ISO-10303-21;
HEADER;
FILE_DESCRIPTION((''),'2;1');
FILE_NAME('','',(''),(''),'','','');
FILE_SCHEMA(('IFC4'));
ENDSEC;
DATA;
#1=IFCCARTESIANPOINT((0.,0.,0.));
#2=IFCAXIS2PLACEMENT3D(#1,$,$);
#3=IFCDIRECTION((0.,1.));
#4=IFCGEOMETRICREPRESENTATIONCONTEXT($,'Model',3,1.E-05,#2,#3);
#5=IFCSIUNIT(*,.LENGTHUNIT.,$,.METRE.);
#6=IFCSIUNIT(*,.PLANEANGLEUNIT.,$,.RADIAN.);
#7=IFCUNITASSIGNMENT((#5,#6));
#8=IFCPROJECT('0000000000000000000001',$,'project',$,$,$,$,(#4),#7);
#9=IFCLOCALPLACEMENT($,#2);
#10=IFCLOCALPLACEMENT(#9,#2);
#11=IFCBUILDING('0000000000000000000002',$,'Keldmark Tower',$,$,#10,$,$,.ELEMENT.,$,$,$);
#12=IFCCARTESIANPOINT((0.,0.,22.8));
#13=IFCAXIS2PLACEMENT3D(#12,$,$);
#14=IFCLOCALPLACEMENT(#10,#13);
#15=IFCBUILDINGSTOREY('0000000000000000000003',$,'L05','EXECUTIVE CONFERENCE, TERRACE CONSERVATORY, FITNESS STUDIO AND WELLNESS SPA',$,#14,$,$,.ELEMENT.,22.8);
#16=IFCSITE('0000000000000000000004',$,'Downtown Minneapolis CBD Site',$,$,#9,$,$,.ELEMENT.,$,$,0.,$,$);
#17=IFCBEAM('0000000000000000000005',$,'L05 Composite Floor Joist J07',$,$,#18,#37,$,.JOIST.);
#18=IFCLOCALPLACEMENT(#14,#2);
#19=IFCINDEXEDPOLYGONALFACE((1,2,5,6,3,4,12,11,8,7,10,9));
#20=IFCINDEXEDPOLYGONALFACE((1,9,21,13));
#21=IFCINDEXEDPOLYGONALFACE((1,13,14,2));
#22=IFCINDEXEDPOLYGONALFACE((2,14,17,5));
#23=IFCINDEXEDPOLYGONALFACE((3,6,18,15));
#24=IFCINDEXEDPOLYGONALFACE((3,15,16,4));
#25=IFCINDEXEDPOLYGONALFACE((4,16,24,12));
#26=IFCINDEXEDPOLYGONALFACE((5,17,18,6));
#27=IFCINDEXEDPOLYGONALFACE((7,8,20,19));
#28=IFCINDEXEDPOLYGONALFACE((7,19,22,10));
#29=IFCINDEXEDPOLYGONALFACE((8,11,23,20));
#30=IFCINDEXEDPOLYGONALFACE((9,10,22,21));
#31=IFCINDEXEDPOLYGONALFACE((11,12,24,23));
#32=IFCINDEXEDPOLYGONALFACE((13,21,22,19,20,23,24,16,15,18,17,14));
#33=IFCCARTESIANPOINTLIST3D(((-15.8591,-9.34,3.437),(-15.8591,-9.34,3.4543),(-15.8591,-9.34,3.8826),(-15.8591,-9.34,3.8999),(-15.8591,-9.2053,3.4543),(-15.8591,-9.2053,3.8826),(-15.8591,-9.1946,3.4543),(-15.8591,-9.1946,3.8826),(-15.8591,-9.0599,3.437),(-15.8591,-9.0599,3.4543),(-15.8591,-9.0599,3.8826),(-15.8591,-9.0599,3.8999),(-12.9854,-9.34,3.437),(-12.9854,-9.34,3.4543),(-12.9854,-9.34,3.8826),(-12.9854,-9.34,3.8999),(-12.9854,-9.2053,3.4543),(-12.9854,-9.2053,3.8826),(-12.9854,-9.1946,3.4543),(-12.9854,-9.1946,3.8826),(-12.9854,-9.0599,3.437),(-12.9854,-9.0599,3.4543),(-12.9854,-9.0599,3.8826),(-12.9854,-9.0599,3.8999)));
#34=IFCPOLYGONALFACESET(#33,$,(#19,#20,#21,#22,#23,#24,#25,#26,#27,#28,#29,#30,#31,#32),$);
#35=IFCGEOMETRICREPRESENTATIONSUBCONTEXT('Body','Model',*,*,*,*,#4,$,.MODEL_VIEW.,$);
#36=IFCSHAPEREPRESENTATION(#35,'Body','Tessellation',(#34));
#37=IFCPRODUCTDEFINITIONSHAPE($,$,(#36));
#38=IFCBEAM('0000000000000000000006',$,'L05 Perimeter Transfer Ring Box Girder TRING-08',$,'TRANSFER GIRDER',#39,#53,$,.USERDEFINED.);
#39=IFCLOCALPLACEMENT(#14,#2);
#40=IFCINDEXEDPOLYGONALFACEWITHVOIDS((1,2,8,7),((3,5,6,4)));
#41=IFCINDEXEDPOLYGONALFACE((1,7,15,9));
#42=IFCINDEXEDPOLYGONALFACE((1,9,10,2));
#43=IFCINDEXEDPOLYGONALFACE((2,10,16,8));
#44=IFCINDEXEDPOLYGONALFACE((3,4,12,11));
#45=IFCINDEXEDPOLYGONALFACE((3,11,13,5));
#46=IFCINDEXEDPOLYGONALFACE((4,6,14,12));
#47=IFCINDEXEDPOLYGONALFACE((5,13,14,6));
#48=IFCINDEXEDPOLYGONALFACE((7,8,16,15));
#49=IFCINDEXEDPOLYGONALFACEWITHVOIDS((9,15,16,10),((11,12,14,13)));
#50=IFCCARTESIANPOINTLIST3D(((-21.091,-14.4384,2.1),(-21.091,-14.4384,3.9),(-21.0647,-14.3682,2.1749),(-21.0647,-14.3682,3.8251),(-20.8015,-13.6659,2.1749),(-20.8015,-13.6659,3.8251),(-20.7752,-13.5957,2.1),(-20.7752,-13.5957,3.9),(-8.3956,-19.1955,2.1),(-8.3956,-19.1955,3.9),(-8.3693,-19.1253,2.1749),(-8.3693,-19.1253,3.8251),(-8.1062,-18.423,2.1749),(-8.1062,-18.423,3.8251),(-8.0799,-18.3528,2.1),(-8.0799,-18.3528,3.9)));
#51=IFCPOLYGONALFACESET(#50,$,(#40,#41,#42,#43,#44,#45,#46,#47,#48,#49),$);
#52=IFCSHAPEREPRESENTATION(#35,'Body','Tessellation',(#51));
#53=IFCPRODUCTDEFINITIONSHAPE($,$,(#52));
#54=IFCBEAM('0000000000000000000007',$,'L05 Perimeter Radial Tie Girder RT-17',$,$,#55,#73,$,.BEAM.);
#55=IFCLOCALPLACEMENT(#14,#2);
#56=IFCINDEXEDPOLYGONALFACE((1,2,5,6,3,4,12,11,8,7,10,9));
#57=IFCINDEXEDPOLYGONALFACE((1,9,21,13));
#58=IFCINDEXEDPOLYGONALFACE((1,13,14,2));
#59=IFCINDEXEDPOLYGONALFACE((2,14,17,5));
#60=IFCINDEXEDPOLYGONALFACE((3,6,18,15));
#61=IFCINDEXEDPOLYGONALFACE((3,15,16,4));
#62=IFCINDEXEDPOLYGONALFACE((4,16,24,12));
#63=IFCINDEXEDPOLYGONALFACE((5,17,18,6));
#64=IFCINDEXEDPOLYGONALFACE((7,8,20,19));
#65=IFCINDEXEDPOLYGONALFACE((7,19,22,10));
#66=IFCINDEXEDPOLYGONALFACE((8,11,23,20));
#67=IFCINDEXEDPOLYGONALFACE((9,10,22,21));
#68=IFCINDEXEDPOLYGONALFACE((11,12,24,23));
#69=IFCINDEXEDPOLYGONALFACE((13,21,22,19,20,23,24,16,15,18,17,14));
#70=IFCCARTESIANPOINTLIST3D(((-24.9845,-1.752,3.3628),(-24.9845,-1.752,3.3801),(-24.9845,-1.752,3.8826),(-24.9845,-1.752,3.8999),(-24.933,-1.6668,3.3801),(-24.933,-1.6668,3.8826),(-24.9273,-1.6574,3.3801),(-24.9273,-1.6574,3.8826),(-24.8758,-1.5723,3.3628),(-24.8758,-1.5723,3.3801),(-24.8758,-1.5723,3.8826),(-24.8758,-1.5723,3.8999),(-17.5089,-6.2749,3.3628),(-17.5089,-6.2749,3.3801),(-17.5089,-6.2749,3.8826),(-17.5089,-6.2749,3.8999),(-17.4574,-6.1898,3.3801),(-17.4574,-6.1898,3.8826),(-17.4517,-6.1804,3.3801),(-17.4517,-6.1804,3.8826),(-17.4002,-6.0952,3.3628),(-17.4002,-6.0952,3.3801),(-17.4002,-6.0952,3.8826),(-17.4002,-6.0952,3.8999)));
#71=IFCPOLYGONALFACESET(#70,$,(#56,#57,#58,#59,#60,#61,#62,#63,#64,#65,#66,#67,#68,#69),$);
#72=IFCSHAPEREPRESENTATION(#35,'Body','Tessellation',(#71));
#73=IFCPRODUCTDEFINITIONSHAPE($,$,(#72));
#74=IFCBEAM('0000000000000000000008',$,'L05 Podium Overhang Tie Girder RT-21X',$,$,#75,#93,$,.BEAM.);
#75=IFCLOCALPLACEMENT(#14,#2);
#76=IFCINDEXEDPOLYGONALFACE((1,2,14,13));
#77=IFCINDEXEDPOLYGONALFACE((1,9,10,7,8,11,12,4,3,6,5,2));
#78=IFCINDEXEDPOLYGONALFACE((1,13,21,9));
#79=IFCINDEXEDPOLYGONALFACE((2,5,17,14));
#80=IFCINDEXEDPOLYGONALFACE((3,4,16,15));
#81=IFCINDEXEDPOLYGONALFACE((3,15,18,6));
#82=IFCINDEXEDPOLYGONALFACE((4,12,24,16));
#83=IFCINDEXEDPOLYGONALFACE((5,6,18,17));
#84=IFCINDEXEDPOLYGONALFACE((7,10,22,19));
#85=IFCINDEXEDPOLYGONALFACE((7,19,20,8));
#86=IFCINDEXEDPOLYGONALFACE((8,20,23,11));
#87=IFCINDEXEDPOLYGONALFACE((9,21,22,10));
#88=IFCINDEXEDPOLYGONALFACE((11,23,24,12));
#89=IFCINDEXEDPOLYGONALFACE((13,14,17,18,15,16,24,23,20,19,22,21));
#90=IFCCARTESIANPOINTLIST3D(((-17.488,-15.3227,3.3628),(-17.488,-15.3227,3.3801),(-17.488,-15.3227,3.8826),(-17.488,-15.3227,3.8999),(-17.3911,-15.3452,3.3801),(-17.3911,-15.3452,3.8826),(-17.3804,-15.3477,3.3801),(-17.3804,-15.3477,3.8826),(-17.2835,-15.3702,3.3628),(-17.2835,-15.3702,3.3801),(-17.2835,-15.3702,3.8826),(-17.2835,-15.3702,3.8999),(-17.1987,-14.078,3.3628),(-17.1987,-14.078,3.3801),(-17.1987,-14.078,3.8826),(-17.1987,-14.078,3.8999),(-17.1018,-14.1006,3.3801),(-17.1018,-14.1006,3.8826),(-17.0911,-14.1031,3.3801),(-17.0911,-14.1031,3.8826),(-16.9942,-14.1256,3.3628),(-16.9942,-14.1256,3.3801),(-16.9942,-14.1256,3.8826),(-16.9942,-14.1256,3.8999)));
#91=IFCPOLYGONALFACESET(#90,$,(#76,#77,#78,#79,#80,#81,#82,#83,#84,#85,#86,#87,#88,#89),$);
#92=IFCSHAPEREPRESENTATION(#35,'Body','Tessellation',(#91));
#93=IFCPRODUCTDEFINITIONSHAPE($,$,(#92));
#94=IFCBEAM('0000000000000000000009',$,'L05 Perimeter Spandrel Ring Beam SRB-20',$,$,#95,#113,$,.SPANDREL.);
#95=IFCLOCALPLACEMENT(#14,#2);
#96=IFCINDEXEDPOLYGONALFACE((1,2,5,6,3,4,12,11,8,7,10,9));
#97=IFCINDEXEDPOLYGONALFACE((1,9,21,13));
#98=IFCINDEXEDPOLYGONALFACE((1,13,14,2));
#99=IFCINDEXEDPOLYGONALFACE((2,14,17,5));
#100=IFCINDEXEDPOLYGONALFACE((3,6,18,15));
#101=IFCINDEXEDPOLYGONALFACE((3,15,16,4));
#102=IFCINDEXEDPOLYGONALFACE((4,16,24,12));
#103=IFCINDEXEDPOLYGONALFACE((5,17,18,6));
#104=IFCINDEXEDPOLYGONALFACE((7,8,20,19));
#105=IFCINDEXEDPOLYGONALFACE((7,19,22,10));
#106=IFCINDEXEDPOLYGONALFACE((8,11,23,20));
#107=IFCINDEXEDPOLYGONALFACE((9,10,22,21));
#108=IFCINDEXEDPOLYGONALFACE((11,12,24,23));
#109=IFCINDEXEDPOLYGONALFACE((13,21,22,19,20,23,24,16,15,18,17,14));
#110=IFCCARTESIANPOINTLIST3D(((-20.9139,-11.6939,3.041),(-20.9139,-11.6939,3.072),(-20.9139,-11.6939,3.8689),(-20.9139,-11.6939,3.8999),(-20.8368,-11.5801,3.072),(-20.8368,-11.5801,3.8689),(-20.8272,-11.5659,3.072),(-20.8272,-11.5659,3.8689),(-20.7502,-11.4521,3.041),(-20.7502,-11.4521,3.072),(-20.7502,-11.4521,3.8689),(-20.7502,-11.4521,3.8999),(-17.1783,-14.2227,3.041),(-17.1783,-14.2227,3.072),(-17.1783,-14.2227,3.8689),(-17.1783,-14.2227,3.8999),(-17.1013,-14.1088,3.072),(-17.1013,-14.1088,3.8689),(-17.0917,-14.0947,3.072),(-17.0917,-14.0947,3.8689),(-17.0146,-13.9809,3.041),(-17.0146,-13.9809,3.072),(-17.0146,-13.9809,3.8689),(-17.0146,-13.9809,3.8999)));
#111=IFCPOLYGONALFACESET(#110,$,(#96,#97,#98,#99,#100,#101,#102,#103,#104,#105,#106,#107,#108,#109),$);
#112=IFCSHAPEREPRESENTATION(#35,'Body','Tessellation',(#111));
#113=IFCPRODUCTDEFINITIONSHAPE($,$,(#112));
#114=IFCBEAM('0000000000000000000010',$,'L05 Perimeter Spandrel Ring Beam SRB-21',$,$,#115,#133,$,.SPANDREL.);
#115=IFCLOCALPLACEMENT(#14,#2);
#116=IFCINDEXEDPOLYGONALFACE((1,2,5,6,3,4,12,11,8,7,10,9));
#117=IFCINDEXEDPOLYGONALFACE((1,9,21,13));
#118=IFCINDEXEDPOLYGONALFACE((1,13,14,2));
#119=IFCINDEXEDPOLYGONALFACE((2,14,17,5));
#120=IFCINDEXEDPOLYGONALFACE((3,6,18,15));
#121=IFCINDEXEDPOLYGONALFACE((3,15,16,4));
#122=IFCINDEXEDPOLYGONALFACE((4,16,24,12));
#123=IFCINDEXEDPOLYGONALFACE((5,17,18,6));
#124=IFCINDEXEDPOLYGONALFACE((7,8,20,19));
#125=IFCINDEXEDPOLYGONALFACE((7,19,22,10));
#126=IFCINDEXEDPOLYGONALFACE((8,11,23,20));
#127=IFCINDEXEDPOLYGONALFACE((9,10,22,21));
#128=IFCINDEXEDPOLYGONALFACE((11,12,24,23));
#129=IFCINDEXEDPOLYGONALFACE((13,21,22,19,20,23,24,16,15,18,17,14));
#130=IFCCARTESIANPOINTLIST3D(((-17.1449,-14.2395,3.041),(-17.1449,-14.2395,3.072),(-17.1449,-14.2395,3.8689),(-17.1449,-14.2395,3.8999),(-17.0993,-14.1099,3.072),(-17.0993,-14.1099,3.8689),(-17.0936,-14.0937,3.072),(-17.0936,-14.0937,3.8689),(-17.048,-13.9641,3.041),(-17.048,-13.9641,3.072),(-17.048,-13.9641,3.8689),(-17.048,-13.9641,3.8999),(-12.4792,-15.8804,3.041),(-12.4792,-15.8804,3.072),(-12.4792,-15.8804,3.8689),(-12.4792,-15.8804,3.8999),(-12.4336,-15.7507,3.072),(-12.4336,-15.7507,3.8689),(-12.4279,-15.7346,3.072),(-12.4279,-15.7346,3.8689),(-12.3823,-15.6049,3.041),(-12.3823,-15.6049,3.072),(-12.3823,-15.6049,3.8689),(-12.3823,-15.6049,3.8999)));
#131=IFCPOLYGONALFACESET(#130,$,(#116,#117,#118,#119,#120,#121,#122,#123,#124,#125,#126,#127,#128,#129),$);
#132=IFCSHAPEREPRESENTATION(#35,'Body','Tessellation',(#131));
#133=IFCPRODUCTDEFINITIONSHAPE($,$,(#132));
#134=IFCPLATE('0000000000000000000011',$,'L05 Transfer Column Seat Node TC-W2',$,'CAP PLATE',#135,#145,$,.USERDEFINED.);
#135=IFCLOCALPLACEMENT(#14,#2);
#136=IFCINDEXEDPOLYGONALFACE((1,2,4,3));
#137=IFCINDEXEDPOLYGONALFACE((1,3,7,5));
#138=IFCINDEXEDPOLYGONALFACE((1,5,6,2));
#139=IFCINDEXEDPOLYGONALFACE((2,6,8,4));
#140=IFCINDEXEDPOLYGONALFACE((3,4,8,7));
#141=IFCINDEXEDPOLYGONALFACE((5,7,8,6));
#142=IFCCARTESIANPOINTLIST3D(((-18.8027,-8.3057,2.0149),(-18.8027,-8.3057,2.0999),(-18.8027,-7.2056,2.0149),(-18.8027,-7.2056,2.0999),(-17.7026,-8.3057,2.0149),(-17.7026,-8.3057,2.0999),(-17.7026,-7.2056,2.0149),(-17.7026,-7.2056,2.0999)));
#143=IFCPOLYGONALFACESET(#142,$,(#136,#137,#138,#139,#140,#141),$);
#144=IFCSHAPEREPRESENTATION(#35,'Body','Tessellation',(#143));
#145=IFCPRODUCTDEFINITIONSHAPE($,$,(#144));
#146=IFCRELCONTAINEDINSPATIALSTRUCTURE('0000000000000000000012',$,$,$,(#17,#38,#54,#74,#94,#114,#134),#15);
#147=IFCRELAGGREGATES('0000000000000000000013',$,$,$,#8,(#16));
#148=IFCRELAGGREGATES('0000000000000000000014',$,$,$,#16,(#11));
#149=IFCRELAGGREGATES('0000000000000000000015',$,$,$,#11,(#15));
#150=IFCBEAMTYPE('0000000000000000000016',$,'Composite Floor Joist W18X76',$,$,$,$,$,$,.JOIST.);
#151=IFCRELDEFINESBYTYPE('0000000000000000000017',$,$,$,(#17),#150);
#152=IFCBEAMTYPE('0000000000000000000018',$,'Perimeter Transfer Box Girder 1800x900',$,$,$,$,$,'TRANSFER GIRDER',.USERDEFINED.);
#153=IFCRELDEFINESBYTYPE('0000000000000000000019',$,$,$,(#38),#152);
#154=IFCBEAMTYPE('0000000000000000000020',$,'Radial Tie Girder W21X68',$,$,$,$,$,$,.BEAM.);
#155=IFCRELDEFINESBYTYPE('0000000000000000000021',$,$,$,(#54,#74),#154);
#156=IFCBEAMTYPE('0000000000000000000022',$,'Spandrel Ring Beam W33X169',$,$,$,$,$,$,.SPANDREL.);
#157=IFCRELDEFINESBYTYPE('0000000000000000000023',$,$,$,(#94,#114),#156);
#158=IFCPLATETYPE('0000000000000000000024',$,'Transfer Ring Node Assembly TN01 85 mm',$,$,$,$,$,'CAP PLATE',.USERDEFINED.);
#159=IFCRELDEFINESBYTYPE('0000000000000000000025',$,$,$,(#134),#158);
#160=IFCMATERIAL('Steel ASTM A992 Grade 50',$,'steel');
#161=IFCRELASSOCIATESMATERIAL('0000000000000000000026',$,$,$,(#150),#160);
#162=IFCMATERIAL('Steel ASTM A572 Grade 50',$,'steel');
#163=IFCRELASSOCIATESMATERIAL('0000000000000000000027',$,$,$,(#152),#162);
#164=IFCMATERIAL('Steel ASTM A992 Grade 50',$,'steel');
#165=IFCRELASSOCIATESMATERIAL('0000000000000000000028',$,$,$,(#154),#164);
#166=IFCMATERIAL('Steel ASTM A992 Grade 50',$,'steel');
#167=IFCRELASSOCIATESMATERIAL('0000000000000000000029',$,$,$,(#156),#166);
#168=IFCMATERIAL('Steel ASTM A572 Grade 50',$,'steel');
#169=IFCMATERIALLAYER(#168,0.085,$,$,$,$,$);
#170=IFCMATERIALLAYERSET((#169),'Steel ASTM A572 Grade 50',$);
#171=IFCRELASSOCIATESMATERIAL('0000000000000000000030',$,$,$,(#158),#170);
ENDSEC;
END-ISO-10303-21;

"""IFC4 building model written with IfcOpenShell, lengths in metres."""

from ifc_helpers import new_model, si_unit, direction, frame, origin, origin_2d, place, context, subcontext, project, spatial, rectangle, hollow_rectangle, i_section, extrude, material, layer, layer_set, material_profile, profile_set, type_object, element, save


model = new_model("IFC4")

# Units and contexts
model_context = context("Model", 3, precision=1e-05, world=origin(), true_north=direction((0.0, 1.0)))
body_context = subcontext(model_context, "Body", "Model", "MODEL_VIEW")
ifc_project = project(units=[si_unit("LENGTHUNIT", "METRE"), si_unit("PLANEANGLEUNIT", "RADIAN")], contexts=[model_context])

# Site, building, storey
site_placement = place(None, origin())
site = spatial("IfcSite", under=ifc_project, at=site_placement, Name="Downtown Minneapolis CBD Site", CompositionType="ELEMENT", RefElevation=0.0)
building_placement = place(site_placement, origin())
building = spatial("IfcBuilding", under=site, at=building_placement, Name="Keldmark Tower", CompositionType="ELEMENT")
storey_placement = place(building_placement, frame((0.0, 0.0, 22.8)))
storey = spatial("IfcBuildingStorey", under=building, at=storey_placement, Name="L05", Description="EXECUTIVE CONFERENCE, TERRACE CONSERVATORY, FITNESS STUDIO AND WELLNESS SPA", CompositionType="ELEMENT", Elevation=22.8)

# Beams
ifc_material_1 = material(Name="Steel ASTM A992 Grade 50", Category="steel")
ifc_material_profile_1 = material_profile(ifc_material_1, i_section(OverallWidth=0.28, OverallDepth=0.4629, WebThickness=0.0107, FlangeThickness=0.0173, at=origin_2d()), Name="W18X76")
ifc_profile_set_1 = profile_set([ifc_material_profile_1], Name="Steel ASTM A992 Grade 50")
beam_type_1 = type_object("IfcBeamType", Name="Composite Floor Joist W18X76", PredefinedType="JOIST", material=ifc_profile_set_1)
beam_1_placement = place(storey_placement, frame((-15.8591, -9.2, 3.6685), z_axis=(1.0, 0.0, 0.0), x_axis=(0.0, 1.0, 0.0)))
element("IfcBeam", 1, at=beam_1_placement, inside=storey, type_object=beam_type_1, Name="L05 Composite Floor Joist J07", PredefinedType="JOIST", context=body_context, shape_type="SweptSolid", body=[
    extrude(i_section(OverallWidth=0.28, OverallDepth=0.4629, WebThickness=0.0107, FlangeThickness=0.0173, at=origin_2d()), origin(), (0.0, 0.0, 1.0), 2.8738),
])
ifc_material_2 = material(Name="Steel ASTM A572 Grade 50", Category="steel")
ifc_material_profile_2 = material_profile(ifc_material_2, hollow_rectangle(XDim=0.8999, YDim=1.8, WallThickness=0.075, at=origin_2d()), Name="TBOX1800X900X75")
ifc_profile_set_2 = profile_set([ifc_material_profile_2], Name="Steel ASTM A572 Grade 50")
beam_type_2 = type_object("IfcBeamType", Name="Perimeter Transfer Box Girder 1800x900", ElementType="TRANSFER GIRDER", PredefinedType="USERDEFINED", material=ifc_profile_set_2)
beam_2_placement = place(storey_placement, frame((-20.9331, -14.0171, 3.0), z_axis=(0.936418, -0.350887, 0.0), x_axis=(0.350887, 0.936418, 0.0)))
element("IfcBeam", 2, at=beam_2_placement, inside=storey, type_object=beam_type_2, Name="L05 Perimeter Transfer Ring Box Girder TRING-08", ObjectType="TRANSFER GIRDER", PredefinedType="USERDEFINED", context=body_context, shape_type="SweptSolid", body=[
    extrude(hollow_rectangle(XDim=0.8999, YDim=1.8, WallThickness=0.075, at=origin_2d()), origin(), (0.0, 0.0, 1.0), 13.5574),
])
ifc_material_3 = material(Name="Steel ASTM A992 Grade 50", Category="steel")
ifc_material_profile_3 = material_profile(ifc_material_3, i_section(OverallWidth=0.21, OverallDepth=0.5371, WebThickness=0.011, FlangeThickness=0.0173, at=origin_2d()), Name="W21X68")
ifc_profile_set_3 = profile_set([ifc_material_profile_3], Name="Steel ASTM A992 Grade 50")
beam_type_3 = type_object("IfcBeamType", Name="Radial Tie Girder W21X68", PredefinedType="BEAM", material=ifc_profile_set_3)
beam_3_placement = place(storey_placement, frame((-17.4546, -6.1851, 3.6313), z_axis=(-0.855589, 0.517656, 0.0), x_axis=(-0.517656, -0.855589, 0.0)))
element("IfcBeam", 3, at=beam_3_placement, inside=storey, type_object=beam_type_3, Name="L05 Perimeter Radial Tie Girder RT-17", PredefinedType="BEAM", context=body_context, shape_type="SweptSolid", body=[
    extrude(i_section(OverallWidth=0.21, OverallDepth=0.5371, WebThickness=0.011, FlangeThickness=0.0173, at=origin_2d()), origin(), (0.0, 0.0, 1.0), 8.7373),
])
beam_4_placement = place(storey_placement, frame((-17.0964, -14.1018, 3.6313), z_axis=(-0.226408, -0.974033, 0.0), x_axis=(0.974033, -0.226408, 0.0)))
element("IfcBeam", 4, at=beam_4_placement, inside=storey, type_object=beam_type_3, Name="L05 Podium Overhang Tie Girder RT-21X", PredefinedType="BEAM", context=body_context, shape_type="SweptSolid", body=[
    extrude(i_section(OverallWidth=0.21, OverallDepth=0.5371, WebThickness=0.011, FlangeThickness=0.0173, at=origin_2d()), origin(), (0.0, 0.0, 1.0), 1.2778),
])
ifc_material_4 = material(Name="Steel ASTM A992 Grade 50", Category="steel")
ifc_material_profile_4 = material_profile(ifc_material_4, i_section(OverallWidth=0.292, OverallDepth=0.8589, WebThickness=0.0171, FlangeThickness=0.031, at=origin_2d()), Name="W33X169")
ifc_profile_set_4 = profile_set([ifc_material_profile_4], Name="Steel ASTM A992 Grade 50")
beam_type_4 = type_object("IfcBeamType", Name="Spandrel Ring Beam W33X169", PredefinedType="SPANDREL", material=ifc_profile_set_4)
beam_5_placement = place(storey_placement, frame((-20.832, -11.573, 3.4705), z_axis=(0.828099, -0.560581, 0.0), x_axis=(0.560581, 0.828099, 0.0)))
element("IfcBeam", 5, at=beam_5_placement, inside=storey, type_object=beam_type_4, Name="L05 Perimeter Spandrel Ring Beam SRB-20", PredefinedType="SPANDREL", context=body_context, shape_type="SweptSolid", body=[
    extrude(i_section(OverallWidth=0.292, OverallDepth=0.8589, WebThickness=0.0171, FlangeThickness=0.031, at=origin_2d()), origin(), (0.0, 0.0, 1.0), 4.511),
])
beam_6_placement = place(storey_placement, frame((-17.0964, -14.1018, 3.4705), z_axis=(0.943362, -0.331764, 0.0), x_axis=(0.331764, 0.943362, 0.0)))
element("IfcBeam", 6, at=beam_6_placement, inside=storey, type_object=beam_type_4, Name="L05 Perimeter Spandrel Ring Beam SRB-21", PredefinedType="SPANDREL", context=body_context, shape_type="SweptSolid", body=[
    extrude(i_section(OverallWidth=0.292, OverallDepth=0.8589, WebThickness=0.0171, FlangeThickness=0.031, at=origin_2d()), origin(), (0.0, 0.0, 1.0), 4.9458),
])

# Plate
ifc_material_5 = material(Name="Steel ASTM A572 Grade 50", Category="steel")
ifc_layer_1 = layer(ifc_material_5, 0.085)
ifc_layer_set_1 = layer_set([ifc_layer_1], Name="Steel ASTM A572 Grade 50")
plate_type = type_object("IfcPlateType", Name="Transfer Ring Node Assembly TN01 85 mm", ElementType="CAP PLATE", PredefinedType="USERDEFINED", material=ifc_layer_set_1)
plate_placement = place(storey_placement, frame((-18.2527, -7.7556, 2.0149), z_axis=(0.0, 0.0, 1.0), x_axis=(1.0, 0.0, 0.0)))
element("IfcPlate", 7, at=plate_placement, inside=storey, type_object=plate_type, Name="L05 Transfer Column Seat Node TC-W2", ObjectType="CAP PLATE", PredefinedType="USERDEFINED", context=body_context, shape_type="SweptSolid", body=[
    extrude(rectangle(XDim=1.1001, YDim=1.1001, at=origin_2d()), origin(), (0.0, 0.0, 1.0), 0.085),
])

save(model, "model.ifc")
